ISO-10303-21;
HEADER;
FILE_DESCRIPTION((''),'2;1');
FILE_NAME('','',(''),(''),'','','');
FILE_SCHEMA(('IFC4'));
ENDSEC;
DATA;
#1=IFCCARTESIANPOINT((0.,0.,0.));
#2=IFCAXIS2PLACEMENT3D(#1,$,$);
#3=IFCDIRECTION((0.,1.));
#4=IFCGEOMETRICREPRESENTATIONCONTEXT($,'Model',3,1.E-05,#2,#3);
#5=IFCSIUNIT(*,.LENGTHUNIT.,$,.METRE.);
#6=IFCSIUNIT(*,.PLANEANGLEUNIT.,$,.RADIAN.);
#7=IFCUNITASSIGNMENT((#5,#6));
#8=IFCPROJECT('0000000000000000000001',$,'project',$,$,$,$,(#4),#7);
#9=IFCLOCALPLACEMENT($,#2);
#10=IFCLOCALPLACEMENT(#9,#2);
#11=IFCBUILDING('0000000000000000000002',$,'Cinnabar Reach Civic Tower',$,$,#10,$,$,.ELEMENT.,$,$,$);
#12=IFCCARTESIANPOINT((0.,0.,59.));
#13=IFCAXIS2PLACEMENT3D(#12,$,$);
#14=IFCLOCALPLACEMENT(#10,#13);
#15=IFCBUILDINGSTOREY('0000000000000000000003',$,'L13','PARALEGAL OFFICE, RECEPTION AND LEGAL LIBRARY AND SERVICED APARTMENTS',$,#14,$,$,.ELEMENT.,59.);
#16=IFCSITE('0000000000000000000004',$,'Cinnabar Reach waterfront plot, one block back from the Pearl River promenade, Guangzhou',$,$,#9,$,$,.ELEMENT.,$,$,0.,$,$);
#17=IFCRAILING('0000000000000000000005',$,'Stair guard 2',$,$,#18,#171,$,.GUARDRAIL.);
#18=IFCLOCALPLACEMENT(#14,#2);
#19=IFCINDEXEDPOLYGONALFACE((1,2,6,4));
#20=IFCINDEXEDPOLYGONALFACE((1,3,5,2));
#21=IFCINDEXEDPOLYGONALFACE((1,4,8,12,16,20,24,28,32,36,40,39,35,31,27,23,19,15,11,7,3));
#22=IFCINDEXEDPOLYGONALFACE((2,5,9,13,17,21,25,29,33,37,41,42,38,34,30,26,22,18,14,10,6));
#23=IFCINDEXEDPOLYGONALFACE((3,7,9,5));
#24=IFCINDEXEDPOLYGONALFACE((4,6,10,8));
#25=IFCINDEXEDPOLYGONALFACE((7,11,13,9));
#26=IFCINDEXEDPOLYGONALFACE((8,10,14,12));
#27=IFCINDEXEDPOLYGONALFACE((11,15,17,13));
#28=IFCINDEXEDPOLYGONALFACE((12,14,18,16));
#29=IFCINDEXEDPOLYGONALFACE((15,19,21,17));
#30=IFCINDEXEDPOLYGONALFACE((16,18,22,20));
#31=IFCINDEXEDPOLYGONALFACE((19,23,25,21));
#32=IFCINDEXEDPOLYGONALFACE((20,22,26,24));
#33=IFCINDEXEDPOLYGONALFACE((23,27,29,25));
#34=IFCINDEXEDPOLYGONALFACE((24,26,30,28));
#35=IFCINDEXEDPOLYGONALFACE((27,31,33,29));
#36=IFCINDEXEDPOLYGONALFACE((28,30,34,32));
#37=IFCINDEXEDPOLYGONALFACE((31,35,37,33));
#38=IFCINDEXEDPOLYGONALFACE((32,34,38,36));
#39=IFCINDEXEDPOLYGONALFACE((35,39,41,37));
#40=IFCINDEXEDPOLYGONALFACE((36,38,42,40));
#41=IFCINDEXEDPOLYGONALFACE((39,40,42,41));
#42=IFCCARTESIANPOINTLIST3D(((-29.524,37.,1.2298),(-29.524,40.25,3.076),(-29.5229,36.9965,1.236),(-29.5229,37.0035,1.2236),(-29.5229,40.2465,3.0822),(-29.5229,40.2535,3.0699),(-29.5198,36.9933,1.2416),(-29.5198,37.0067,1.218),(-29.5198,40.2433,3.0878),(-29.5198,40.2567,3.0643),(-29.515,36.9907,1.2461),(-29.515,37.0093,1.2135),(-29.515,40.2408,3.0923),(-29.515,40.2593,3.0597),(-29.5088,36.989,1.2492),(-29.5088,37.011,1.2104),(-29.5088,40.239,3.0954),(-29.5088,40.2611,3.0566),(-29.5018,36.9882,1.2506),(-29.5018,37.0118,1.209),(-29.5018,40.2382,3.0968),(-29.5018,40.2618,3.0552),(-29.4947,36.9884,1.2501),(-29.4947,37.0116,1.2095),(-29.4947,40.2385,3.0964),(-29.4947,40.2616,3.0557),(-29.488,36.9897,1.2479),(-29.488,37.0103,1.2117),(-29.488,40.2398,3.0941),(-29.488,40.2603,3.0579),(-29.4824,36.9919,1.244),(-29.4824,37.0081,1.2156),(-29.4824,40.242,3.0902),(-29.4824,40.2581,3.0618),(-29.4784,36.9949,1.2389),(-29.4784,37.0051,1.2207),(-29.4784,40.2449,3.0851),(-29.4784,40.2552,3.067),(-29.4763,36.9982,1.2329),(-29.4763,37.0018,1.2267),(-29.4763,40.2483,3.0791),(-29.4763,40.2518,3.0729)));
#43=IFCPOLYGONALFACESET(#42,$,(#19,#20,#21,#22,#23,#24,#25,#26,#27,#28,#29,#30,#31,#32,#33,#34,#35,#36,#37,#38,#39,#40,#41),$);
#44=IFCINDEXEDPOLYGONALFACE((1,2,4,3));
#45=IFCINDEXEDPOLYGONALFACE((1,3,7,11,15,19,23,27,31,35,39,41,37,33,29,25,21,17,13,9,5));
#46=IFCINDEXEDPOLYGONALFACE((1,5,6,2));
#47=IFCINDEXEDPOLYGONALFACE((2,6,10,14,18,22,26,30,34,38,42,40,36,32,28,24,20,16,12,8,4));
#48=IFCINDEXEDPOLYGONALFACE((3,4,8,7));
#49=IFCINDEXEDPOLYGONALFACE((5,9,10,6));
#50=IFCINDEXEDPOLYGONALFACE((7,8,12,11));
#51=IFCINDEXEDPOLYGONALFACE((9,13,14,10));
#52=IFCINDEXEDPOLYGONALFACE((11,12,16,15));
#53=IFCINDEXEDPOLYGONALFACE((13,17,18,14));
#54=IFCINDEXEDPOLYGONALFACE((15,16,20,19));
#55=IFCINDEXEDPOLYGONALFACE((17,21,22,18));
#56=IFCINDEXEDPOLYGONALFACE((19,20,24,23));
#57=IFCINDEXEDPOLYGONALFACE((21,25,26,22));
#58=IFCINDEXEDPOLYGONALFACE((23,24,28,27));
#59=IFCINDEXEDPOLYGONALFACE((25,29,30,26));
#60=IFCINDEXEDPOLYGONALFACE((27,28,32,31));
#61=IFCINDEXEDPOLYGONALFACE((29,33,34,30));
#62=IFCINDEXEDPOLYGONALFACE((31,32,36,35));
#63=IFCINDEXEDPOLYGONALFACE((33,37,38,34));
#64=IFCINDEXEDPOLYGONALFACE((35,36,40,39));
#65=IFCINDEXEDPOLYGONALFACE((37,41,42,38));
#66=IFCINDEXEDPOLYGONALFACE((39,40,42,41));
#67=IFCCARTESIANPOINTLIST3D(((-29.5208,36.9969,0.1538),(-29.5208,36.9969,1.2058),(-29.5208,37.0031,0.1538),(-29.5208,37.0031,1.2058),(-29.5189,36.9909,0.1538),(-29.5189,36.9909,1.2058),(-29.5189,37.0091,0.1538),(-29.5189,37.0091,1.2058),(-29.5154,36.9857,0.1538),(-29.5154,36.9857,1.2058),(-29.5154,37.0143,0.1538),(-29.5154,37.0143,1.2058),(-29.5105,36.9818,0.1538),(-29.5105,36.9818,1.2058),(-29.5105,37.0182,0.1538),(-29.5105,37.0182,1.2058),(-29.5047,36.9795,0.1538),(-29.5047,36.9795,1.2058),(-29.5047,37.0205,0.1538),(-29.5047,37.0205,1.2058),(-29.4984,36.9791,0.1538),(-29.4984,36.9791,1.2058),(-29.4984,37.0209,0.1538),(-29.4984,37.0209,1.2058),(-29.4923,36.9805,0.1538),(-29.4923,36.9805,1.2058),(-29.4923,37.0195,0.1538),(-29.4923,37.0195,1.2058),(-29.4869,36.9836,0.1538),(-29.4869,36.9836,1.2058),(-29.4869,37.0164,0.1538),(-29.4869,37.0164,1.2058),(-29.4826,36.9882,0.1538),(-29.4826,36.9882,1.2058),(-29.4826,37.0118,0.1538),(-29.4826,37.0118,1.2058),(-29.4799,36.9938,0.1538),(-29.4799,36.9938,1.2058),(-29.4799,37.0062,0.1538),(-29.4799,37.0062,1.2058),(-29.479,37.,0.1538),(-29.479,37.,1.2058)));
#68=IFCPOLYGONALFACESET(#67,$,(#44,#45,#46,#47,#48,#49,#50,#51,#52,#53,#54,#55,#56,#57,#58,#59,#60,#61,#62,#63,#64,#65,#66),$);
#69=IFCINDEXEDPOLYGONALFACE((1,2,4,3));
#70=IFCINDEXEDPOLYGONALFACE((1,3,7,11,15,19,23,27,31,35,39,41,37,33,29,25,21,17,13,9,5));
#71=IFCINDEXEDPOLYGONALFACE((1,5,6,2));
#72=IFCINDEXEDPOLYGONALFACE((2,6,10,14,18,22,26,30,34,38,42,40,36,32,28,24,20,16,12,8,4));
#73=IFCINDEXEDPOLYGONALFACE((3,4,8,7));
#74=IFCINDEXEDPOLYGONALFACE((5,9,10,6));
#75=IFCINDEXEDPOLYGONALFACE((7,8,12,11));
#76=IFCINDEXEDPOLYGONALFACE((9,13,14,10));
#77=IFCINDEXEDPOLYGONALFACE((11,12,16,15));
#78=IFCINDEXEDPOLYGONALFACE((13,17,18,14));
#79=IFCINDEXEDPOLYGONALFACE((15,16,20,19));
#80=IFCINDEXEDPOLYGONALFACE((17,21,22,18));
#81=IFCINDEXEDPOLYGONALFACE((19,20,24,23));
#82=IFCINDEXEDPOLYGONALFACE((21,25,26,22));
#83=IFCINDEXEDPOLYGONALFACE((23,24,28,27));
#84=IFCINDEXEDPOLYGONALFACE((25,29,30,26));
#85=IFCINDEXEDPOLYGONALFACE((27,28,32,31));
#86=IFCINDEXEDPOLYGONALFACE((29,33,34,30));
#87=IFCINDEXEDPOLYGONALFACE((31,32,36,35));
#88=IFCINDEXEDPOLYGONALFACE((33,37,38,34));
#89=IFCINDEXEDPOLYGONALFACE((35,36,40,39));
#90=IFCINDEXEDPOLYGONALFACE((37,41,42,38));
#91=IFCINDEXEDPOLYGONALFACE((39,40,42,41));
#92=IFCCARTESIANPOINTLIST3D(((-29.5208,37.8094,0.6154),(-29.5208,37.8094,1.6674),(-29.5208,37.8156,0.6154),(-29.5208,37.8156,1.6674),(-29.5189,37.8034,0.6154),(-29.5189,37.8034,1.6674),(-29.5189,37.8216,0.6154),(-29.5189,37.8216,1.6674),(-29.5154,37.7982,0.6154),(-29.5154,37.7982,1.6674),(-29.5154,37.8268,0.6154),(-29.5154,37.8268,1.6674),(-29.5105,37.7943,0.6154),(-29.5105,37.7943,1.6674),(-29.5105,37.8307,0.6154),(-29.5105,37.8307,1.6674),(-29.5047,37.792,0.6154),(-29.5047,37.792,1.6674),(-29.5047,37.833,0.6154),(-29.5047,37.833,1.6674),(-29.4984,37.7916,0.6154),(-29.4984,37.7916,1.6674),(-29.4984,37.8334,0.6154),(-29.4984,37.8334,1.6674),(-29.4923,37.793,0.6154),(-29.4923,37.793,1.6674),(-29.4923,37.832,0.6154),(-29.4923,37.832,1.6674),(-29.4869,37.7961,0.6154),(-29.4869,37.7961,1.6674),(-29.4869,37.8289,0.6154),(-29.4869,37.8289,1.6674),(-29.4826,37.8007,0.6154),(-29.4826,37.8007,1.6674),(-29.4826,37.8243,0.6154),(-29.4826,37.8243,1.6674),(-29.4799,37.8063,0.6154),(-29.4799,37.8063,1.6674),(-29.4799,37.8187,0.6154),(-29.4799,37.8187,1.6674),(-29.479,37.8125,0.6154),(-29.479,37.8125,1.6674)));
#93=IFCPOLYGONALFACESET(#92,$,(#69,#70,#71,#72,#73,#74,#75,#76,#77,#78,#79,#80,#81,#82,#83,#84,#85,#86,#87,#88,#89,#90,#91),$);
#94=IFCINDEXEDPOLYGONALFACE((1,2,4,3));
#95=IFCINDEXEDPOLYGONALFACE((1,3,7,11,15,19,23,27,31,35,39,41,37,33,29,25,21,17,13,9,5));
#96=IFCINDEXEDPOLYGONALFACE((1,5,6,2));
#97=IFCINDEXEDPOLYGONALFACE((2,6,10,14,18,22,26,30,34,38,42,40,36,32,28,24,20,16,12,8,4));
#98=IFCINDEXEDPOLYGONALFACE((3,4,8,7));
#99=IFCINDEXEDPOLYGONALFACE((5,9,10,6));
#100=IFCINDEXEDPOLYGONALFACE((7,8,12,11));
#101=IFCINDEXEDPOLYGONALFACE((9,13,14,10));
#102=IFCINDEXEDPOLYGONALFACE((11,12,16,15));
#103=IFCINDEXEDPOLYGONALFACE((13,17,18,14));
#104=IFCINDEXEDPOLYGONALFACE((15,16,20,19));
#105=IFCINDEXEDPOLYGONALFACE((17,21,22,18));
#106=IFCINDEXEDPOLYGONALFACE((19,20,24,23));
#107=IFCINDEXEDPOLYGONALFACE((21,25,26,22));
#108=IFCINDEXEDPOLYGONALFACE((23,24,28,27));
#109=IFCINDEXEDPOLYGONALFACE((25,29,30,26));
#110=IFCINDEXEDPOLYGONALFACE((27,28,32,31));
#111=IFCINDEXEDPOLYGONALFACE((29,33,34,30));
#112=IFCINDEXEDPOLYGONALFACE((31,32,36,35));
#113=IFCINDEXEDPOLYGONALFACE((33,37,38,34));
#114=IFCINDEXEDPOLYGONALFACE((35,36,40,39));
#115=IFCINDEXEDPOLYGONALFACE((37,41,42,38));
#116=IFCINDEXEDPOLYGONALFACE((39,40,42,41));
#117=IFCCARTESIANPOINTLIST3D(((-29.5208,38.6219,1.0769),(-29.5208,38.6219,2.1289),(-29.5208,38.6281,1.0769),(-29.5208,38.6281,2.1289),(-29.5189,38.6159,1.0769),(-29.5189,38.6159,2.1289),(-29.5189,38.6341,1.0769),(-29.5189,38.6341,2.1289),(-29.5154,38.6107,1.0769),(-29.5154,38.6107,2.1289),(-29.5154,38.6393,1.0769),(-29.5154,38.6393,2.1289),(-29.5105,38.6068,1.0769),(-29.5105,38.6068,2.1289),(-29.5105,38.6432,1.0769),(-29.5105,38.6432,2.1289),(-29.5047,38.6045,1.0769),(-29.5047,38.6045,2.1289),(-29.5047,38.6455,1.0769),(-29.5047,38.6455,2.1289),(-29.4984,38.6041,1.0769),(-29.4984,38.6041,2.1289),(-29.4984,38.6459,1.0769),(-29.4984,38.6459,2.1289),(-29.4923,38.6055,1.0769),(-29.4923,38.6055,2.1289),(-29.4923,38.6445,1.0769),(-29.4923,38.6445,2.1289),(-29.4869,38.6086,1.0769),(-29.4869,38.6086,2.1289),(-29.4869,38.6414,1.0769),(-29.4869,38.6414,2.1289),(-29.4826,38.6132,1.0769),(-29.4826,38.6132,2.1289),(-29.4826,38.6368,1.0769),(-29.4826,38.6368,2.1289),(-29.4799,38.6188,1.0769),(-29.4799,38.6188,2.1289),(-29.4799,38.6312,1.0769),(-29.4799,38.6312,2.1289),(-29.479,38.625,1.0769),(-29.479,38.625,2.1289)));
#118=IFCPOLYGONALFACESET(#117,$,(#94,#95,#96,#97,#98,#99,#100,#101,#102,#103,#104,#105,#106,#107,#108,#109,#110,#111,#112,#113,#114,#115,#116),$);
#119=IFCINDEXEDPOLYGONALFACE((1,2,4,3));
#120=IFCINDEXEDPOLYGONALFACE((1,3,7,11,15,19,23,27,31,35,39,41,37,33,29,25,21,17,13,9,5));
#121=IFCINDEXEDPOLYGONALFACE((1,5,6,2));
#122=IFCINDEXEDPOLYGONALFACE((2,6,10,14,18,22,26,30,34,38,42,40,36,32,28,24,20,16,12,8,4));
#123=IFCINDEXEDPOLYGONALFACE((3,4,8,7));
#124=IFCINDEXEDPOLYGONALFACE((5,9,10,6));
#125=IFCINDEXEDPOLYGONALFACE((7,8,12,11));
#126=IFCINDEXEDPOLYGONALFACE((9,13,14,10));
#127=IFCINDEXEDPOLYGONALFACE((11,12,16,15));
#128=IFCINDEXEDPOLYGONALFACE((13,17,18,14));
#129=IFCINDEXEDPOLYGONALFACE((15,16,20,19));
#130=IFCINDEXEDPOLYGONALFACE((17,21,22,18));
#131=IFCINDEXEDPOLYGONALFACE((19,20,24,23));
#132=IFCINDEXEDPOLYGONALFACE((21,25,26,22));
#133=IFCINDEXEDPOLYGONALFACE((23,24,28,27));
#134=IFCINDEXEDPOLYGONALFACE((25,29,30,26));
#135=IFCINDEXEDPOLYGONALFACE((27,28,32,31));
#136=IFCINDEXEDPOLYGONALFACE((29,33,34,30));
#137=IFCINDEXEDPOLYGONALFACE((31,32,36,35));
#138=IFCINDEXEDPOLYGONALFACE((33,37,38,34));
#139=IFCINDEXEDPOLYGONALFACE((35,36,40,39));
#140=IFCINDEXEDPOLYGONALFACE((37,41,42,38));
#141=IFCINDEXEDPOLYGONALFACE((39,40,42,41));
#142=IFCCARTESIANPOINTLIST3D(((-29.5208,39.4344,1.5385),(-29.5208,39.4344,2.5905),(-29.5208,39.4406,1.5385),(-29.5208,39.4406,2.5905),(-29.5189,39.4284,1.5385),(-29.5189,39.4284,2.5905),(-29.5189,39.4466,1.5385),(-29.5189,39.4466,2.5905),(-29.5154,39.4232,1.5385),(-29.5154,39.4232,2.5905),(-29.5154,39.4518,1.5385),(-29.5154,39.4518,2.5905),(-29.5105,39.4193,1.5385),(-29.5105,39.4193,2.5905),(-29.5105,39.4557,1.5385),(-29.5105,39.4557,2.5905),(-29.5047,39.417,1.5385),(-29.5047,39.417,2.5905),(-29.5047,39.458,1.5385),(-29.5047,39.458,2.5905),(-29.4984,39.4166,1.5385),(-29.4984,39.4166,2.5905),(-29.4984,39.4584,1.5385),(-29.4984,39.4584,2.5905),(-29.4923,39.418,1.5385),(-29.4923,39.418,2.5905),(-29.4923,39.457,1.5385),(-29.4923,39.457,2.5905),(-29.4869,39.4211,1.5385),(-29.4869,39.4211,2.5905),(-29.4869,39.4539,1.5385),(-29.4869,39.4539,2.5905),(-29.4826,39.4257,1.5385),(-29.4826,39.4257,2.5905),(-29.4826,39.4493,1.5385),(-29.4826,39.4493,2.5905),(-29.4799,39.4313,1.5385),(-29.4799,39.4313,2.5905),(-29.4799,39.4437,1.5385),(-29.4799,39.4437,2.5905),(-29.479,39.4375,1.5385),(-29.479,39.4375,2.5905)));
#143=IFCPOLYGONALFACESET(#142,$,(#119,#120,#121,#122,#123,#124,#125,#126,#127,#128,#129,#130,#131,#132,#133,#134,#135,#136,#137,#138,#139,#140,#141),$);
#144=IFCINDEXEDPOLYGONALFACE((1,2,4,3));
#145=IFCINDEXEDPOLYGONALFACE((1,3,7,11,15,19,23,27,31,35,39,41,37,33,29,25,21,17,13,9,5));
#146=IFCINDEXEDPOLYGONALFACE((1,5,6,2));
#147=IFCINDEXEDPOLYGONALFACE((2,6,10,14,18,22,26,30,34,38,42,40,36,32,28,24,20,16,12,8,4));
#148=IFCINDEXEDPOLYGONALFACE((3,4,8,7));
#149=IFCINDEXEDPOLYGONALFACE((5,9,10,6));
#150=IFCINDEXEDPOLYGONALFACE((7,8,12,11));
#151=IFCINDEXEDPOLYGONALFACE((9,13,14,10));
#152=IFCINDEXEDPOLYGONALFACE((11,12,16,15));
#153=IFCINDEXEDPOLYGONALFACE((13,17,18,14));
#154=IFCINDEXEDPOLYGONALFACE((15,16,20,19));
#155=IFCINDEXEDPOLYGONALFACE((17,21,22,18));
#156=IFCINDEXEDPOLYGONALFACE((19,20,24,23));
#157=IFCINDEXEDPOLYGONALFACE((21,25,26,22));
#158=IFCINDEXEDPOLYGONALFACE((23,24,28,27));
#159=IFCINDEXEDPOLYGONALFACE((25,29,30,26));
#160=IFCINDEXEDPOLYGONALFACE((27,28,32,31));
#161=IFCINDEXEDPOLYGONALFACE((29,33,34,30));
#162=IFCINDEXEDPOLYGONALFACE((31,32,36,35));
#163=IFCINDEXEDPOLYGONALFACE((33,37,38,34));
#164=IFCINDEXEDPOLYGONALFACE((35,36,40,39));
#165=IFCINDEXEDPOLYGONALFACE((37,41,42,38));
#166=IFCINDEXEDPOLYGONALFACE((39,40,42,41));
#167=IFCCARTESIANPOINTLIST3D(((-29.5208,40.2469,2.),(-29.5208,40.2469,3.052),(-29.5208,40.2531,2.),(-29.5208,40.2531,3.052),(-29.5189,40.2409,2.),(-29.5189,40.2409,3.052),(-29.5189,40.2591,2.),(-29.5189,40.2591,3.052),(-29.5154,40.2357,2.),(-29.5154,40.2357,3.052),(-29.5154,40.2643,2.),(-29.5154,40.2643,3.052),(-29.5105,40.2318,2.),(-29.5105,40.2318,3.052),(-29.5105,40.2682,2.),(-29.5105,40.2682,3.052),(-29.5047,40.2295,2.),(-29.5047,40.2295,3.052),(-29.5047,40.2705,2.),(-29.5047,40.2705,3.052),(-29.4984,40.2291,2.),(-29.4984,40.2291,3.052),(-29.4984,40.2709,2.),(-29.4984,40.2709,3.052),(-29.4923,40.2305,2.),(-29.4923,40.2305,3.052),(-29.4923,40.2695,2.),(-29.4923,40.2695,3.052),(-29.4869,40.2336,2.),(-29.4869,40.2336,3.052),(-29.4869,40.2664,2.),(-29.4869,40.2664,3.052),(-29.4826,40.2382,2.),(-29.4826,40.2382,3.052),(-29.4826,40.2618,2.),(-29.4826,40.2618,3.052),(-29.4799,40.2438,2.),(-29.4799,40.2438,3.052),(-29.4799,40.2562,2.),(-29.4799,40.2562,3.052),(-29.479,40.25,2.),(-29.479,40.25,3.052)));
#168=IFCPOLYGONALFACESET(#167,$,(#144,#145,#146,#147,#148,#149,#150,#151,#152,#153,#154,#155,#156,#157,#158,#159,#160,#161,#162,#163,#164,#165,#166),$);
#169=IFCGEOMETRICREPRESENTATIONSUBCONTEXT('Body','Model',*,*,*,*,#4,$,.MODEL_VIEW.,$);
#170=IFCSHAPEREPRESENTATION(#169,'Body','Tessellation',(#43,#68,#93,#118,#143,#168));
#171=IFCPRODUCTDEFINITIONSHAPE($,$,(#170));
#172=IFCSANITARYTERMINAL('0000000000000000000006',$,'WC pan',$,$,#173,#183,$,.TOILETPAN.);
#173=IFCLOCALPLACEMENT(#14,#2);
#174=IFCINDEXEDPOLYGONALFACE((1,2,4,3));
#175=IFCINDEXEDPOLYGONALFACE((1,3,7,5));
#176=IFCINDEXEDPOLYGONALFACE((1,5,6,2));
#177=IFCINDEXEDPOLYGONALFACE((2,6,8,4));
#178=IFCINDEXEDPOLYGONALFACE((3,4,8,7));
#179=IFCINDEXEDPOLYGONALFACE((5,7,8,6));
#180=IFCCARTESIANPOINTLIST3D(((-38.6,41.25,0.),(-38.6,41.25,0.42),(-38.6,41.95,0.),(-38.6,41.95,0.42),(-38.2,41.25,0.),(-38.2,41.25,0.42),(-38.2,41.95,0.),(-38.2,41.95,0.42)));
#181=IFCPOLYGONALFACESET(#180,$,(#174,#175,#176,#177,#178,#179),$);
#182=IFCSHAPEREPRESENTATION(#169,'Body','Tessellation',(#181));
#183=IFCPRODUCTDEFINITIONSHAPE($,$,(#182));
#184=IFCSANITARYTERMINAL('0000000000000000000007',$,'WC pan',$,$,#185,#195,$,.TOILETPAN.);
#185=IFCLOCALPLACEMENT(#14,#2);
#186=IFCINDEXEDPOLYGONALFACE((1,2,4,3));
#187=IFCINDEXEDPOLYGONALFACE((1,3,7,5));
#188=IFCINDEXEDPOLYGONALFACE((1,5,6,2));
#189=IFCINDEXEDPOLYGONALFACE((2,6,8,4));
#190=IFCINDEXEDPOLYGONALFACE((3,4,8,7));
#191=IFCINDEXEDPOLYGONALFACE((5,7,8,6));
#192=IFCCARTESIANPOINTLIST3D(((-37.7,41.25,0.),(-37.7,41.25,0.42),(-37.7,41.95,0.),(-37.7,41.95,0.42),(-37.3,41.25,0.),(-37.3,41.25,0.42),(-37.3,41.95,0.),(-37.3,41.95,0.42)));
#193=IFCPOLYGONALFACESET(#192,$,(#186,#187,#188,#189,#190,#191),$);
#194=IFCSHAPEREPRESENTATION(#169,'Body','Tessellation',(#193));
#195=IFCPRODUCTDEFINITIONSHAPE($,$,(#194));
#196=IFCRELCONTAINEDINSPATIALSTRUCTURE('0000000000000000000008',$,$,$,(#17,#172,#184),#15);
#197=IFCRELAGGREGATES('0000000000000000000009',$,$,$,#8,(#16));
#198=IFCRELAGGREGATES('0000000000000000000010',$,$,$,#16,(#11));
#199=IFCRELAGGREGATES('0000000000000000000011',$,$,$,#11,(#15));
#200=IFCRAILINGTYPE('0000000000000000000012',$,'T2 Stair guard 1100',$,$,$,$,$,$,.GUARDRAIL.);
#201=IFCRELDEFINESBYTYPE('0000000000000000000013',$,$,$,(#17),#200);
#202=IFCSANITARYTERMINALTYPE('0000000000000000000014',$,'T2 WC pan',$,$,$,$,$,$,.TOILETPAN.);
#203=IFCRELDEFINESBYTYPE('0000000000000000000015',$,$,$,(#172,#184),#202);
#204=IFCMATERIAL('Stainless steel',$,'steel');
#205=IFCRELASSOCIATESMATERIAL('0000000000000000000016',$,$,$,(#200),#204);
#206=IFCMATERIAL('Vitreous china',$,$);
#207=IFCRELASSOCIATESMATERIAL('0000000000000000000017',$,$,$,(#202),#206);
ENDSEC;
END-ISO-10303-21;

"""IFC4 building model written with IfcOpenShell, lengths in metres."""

from ifc_helpers import new_model, si_unit, direction, frame, origin, origin_2d, place, context, subcontext, project, spatial, rectangle, circle, extrude, material, type_object, element, save


model = new_model("IFC4")

# Units and contexts
model_context = context("Model", 3, precision=1e-05, world=origin(), true_north=direction((0.0, 1.0)))
body_context = subcontext(model_context, "Body", "Model", "MODEL_VIEW")
ifc_project = project(units=[si_unit("LENGTHUNIT", "METRE"), si_unit("PLANEANGLEUNIT", "RADIAN")], contexts=[model_context])

# Site, building, storey
site_placement = place(None, origin())
site = spatial("IfcSite", under=ifc_project, at=site_placement, Name="Cinnabar Reach waterfront plot, one block back from the Pearl River promenade, Guangzhou", CompositionType="ELEMENT", RefElevation=0.0)
building_placement = place(site_placement, origin())
building = spatial("IfcBuilding", under=site, at=building_placement, Name="Cinnabar Reach Civic Tower", CompositionType="ELEMENT")
storey_placement = place(building_placement, frame((0.0, 0.0, 59.0)))
storey = spatial("IfcBuildingStorey", under=building, at=storey_placement, Name="L13", Description="PARALEGAL OFFICE, RECEPTION AND LEGAL LIBRARY AND SERVICED APARTMENTS", CompositionType="ELEMENT", Elevation=59.0)

# Railing
ifc_material_1 = material(Name="Stainless steel", Category="steel")
railing_type = type_object("IfcRailingType", Name="T2 Stair guard 1100", PredefinedType="GUARDRAIL", material=ifc_material_1)
railing_placement = place(storey_placement, frame((-29.5, 37.0, 0.1538)))
element("IfcRailing", 1, at=railing_placement, inside=storey, type_object=railing_type, Name="Stair guard 2", PredefinedType="GUARDRAIL", context=body_context, shape_type="SweptSolid", body=[
    extrude(circle(Radius=0.024, at=origin_2d()), frame((0.0, 0.0, 1.076), z_axis=(0.0, 0.869501, 0.49393), x_axis=(-1.0, 0.0, 0.0)), (0.0, 0.0, 1.0), 3.7378),
    extrude(circle(Radius=0.021, at=origin_2d()), origin(), (0.0, 0.0, 1.0), 1.052),
    extrude(circle(Radius=0.021, at=origin_2d()), frame((0.0, 0.8125, 0.4616)), (0.0, 0.0, 1.0), 1.052),
    extrude(circle(Radius=0.021, at=origin_2d()), frame((0.0, 1.625, 0.9231)), (0.0, 0.0, 1.0), 1.052),
    extrude(circle(Radius=0.021, at=origin_2d()), frame((0.0, 2.4375, 1.3847)), (0.0, 0.0, 1.0), 1.052),
    extrude(circle(Radius=0.021, at=origin_2d()), frame((0.0, 3.25, 1.8462)), (0.0, 0.0, 1.0), 1.052),
])

# Sanitary terminals
ifc_material_2 = material(Name="Vitreous china")
sanitary_terminal_type = type_object("IfcSanitaryTerminalType", Name="T2 WC pan", PredefinedType="TOILETPAN", material=ifc_material_2)
for number, where, z_axis, x_axis, name in (
    (2, (-38.4, 41.6, 0.0), (0.0, 0.0, 1.0), (1.0, 0.0, 0.0), "WC pan"),
    (3, (-37.5, 41.6, 0.0), (0.0, 0.0, 1.0), (1.0, 0.0, 0.0), "WC pan"),
):
    element("IfcSanitaryTerminal", number, at=place(storey_placement, frame(where, z_axis=z_axis, x_axis=x_axis)), inside=storey, type_object=sanitary_terminal_type, Name=name, PredefinedType="TOILETPAN", context=body_context, shape_type="SweptSolid", body=[
        extrude(rectangle(XDim=0.4, YDim=0.7, at=origin_2d()), origin(), (0.0, 0.0, 1.0), 0.42),
    ])

save(model, "model.ifc")
